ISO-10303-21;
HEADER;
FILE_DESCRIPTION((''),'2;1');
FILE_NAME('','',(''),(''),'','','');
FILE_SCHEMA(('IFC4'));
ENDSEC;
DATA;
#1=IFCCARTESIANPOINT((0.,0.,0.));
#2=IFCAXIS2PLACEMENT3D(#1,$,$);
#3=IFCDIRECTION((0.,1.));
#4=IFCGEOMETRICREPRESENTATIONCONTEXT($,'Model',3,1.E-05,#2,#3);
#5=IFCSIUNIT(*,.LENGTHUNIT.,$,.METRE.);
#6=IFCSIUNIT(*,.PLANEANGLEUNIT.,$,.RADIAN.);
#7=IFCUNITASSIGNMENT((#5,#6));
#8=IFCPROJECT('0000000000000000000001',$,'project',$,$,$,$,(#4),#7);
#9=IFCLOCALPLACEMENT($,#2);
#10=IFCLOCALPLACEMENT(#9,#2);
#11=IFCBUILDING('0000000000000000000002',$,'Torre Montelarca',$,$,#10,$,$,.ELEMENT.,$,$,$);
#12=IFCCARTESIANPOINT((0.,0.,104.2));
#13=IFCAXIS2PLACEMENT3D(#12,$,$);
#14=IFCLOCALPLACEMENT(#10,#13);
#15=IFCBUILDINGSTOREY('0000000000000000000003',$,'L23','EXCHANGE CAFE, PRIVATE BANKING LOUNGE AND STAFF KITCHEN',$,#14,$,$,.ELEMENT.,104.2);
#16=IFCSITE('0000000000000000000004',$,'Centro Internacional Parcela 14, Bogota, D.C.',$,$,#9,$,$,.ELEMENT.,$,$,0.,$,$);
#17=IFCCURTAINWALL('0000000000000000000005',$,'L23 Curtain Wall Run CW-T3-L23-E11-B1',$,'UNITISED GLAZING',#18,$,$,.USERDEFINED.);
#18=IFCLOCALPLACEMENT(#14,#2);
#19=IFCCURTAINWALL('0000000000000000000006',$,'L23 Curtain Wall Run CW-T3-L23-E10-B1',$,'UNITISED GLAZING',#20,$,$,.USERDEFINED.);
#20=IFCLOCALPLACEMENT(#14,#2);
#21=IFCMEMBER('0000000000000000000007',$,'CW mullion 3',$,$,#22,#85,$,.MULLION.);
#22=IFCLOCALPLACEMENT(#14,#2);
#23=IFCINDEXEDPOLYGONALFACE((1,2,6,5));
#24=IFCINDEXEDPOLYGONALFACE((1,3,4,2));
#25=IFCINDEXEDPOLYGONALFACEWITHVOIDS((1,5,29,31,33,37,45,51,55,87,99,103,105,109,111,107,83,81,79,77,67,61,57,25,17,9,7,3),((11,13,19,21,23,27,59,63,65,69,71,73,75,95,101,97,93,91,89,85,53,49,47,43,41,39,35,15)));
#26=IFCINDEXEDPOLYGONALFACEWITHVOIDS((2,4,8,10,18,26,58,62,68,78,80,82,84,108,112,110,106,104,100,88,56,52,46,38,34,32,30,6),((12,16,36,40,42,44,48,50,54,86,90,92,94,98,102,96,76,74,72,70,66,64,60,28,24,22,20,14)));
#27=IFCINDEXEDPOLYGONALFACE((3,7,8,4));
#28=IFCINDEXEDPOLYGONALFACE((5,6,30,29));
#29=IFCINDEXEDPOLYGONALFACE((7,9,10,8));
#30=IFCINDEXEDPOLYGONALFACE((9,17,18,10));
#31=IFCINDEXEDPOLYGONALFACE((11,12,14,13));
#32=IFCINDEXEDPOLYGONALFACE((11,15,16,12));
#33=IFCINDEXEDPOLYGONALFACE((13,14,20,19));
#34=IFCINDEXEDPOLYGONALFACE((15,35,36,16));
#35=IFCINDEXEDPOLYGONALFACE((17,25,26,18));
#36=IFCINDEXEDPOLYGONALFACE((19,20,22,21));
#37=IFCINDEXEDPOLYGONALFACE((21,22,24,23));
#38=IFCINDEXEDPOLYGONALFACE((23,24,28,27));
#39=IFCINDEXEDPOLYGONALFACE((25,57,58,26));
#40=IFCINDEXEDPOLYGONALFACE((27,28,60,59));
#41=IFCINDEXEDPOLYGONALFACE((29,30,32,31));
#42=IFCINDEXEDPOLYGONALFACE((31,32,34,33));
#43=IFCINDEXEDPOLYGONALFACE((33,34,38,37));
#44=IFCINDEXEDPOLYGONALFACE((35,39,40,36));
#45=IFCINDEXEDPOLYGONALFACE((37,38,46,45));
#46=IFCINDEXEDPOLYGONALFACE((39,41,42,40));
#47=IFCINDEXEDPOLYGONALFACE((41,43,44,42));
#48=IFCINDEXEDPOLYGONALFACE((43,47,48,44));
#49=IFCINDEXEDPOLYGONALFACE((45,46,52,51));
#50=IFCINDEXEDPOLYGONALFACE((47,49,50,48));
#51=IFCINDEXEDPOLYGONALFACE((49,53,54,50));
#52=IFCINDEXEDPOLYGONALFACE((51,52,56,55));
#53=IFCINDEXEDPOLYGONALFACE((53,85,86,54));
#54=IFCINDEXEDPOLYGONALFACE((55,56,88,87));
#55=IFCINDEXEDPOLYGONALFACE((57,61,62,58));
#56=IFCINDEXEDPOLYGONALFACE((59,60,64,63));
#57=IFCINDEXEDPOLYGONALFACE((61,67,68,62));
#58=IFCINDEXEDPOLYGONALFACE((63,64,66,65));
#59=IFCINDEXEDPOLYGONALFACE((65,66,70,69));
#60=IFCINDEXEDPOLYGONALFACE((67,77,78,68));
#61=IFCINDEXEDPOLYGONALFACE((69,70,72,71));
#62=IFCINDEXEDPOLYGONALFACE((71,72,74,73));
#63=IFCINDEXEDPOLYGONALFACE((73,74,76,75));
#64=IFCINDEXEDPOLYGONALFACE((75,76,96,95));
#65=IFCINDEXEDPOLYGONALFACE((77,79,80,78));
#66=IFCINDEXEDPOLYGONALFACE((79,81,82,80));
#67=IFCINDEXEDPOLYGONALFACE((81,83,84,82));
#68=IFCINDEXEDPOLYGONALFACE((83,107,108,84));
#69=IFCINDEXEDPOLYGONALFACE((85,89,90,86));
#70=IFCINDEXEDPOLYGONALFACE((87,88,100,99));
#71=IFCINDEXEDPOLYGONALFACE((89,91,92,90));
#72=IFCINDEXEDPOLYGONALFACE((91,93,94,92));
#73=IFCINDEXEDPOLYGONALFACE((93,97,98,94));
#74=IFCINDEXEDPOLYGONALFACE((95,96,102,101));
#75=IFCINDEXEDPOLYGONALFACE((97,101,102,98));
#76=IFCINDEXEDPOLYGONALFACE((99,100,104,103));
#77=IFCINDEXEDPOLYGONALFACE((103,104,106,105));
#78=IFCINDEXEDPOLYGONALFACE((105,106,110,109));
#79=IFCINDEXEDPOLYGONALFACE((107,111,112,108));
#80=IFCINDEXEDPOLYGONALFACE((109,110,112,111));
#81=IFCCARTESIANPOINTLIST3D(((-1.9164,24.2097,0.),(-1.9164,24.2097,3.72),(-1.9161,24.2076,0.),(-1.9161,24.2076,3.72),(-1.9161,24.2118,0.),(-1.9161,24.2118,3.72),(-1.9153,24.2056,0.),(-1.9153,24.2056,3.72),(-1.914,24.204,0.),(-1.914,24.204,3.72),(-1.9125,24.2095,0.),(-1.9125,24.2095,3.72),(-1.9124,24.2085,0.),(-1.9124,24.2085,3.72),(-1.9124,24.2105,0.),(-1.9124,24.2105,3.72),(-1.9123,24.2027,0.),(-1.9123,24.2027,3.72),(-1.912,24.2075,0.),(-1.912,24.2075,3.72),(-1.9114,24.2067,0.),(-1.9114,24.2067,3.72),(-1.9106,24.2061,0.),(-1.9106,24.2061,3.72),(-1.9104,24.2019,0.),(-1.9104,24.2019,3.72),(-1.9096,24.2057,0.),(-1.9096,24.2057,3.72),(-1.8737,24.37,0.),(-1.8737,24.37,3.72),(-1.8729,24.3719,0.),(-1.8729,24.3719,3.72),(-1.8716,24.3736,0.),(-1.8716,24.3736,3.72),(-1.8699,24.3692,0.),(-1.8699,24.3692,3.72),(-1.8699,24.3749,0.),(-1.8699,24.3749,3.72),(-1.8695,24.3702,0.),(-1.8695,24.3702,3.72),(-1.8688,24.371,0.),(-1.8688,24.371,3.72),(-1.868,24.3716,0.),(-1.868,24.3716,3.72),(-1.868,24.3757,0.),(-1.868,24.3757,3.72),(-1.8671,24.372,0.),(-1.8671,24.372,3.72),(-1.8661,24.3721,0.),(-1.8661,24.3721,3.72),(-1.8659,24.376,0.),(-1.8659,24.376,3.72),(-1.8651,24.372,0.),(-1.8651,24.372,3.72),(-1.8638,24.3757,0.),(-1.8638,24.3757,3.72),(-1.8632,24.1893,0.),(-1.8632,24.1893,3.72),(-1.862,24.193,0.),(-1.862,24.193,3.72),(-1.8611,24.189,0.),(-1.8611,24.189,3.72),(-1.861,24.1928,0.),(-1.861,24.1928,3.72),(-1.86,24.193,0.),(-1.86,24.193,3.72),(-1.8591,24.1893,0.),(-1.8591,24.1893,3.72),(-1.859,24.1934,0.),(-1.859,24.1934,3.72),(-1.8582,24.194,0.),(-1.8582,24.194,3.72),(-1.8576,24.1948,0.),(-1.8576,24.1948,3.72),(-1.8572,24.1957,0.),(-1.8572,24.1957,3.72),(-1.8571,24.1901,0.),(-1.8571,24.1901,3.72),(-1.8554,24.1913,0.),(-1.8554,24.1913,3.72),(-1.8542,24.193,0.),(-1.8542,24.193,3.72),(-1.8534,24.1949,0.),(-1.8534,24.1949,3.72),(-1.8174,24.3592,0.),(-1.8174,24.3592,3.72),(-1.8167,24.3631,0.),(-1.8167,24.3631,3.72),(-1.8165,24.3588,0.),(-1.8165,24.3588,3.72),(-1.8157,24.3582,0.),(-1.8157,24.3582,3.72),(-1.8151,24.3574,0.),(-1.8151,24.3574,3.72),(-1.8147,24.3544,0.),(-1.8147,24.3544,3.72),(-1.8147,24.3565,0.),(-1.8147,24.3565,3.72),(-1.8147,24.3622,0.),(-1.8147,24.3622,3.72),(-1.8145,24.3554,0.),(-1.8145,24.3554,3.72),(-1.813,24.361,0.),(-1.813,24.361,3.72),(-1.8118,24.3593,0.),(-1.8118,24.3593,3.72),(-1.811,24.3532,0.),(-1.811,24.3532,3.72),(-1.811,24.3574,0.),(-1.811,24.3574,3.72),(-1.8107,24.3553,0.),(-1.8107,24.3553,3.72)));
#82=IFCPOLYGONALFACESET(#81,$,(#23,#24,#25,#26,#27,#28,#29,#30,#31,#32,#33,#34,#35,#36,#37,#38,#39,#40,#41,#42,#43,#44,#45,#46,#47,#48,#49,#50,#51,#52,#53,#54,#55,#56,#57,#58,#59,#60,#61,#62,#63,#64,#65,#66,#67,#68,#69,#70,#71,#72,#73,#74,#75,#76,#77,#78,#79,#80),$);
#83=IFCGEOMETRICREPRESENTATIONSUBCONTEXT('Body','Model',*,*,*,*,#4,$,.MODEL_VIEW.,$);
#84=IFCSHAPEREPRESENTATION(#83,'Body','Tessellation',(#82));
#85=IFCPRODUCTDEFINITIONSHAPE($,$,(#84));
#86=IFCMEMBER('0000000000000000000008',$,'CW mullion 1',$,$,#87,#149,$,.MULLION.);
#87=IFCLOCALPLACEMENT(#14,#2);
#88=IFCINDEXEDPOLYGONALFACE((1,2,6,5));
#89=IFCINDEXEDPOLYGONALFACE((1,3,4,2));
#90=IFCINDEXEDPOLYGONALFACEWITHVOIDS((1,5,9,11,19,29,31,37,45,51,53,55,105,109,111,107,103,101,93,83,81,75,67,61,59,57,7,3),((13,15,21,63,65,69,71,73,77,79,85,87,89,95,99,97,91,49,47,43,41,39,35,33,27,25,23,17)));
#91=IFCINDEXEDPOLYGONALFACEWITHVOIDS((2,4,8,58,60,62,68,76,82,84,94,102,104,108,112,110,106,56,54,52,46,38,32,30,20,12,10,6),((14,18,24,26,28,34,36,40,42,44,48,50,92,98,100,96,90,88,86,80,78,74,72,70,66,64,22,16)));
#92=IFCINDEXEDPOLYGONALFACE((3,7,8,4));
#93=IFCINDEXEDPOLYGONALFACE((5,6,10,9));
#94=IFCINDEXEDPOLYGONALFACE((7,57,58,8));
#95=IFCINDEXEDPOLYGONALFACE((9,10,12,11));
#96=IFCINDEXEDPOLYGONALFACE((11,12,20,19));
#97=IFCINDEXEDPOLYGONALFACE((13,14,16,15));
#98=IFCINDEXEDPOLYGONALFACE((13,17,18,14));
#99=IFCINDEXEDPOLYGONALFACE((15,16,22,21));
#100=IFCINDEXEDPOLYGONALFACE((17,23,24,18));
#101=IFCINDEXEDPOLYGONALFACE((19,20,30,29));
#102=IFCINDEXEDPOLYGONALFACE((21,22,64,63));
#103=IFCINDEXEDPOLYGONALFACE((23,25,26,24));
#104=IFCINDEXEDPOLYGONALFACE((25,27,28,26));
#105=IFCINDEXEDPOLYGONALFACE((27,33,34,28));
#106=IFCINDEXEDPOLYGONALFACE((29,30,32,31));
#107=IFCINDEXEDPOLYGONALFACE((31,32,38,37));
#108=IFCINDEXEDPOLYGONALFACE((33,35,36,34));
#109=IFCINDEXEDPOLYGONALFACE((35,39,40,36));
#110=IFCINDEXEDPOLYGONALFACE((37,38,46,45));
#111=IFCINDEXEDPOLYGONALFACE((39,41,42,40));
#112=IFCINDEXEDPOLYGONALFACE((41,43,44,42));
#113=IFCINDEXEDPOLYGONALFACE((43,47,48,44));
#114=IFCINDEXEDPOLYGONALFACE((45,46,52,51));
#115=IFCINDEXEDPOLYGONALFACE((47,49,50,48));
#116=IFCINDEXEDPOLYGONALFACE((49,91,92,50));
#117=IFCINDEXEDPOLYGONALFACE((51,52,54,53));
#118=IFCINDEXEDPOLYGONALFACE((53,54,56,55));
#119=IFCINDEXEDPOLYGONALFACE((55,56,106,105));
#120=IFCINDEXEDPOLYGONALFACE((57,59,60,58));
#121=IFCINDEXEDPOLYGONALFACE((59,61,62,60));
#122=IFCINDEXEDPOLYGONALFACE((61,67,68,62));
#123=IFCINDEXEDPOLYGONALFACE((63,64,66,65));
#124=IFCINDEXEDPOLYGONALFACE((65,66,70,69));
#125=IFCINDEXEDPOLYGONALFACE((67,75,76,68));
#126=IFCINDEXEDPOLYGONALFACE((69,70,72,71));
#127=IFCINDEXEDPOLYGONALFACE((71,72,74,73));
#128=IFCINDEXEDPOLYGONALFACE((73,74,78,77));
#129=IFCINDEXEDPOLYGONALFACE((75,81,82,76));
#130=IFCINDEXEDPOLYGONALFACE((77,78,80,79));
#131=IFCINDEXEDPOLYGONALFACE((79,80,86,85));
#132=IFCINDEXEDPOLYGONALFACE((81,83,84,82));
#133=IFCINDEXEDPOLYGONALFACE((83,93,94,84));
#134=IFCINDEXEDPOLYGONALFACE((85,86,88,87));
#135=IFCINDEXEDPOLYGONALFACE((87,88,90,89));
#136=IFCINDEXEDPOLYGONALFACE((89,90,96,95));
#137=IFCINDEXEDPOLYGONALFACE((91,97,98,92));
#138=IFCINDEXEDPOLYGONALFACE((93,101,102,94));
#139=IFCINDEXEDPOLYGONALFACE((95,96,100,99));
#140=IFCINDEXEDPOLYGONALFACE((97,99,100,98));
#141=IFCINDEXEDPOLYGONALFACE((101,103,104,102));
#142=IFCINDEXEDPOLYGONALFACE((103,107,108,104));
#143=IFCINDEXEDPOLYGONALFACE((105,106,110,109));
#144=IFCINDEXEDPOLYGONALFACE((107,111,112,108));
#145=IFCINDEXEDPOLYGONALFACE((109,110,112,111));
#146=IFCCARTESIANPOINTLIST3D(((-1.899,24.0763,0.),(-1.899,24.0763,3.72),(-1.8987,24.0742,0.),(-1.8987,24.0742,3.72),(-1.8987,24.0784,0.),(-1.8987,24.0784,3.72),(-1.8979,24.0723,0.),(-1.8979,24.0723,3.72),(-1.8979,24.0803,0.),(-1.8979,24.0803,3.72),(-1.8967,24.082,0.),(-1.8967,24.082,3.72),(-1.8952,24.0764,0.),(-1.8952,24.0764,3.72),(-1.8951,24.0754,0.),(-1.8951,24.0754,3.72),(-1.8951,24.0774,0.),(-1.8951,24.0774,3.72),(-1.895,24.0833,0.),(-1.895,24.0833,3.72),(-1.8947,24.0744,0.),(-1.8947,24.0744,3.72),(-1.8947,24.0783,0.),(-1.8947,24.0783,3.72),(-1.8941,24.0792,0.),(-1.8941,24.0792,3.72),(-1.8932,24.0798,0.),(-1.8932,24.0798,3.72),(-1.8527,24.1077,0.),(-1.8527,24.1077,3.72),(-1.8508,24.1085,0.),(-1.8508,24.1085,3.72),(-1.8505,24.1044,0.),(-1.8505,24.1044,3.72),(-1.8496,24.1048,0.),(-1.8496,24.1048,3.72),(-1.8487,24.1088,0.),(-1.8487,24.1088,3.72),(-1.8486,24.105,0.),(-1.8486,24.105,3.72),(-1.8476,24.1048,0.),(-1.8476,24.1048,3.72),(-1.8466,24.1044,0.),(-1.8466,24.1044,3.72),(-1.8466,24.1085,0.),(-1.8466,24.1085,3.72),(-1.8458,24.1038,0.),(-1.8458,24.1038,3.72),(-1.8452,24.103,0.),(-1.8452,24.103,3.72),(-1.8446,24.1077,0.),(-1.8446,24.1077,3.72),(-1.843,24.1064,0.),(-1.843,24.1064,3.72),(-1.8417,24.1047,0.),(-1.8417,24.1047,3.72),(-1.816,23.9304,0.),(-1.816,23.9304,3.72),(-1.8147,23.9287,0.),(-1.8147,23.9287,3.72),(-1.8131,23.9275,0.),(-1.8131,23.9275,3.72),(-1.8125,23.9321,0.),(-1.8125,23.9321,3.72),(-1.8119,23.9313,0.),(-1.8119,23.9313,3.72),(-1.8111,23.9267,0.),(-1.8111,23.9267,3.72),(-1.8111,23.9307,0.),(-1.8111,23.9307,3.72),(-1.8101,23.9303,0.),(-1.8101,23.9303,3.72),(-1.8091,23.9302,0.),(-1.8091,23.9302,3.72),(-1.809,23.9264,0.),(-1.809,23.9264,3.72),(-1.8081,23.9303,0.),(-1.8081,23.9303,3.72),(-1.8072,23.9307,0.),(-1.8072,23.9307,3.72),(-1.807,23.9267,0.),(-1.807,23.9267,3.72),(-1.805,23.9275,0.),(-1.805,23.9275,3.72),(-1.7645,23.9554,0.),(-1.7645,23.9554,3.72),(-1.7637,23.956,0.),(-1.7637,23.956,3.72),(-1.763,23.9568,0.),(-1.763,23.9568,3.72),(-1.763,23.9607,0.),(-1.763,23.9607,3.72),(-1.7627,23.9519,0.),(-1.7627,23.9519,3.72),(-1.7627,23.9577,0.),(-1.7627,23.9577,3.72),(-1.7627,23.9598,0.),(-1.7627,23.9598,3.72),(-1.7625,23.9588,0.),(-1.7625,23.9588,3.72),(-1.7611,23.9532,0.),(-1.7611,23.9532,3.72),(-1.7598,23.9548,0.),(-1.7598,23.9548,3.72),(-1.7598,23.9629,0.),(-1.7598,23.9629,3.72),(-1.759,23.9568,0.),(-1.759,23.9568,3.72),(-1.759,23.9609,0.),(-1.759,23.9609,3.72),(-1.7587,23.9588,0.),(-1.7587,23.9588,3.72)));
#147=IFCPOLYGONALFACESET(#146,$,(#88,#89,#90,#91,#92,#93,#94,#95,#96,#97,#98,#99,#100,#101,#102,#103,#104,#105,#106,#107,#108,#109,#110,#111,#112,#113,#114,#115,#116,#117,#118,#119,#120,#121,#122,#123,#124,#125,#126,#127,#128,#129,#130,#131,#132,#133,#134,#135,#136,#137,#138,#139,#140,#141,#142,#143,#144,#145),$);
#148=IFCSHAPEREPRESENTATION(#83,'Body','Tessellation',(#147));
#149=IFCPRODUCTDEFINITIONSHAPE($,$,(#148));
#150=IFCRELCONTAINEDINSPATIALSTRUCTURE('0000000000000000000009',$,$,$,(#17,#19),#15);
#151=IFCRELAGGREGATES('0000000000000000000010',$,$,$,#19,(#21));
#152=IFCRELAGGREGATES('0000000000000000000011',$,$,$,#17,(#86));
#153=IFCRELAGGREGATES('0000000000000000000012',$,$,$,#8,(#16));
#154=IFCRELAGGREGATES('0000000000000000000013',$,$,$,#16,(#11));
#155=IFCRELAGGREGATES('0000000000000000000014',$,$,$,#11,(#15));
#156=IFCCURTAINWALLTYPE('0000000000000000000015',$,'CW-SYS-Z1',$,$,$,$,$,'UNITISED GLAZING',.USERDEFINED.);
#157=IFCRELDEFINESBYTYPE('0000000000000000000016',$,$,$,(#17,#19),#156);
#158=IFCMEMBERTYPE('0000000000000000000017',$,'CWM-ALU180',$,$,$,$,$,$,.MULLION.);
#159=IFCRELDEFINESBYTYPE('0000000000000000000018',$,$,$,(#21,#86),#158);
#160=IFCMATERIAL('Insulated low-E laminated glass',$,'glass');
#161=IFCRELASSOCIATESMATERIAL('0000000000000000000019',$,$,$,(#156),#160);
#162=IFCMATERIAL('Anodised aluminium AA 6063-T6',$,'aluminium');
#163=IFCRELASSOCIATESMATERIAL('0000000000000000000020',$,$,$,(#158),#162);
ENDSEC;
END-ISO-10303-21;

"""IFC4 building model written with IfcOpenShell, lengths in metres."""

from ifc_helpers import new_model, si_unit, direction, frame, origin, origin_2d, place, context, subcontext, project, spatial, hollow_rectangle, extrude, source, transform, mapped, material, material_profile, profile_set, type_object, element, aggregate, save


model = new_model("IFC4")

# Units and contexts
model_context = context("Model", 3, precision=1e-05, world=origin(), true_north=direction((0.0, 1.0)))
body_context = subcontext(model_context, "Body", "Model", "MODEL_VIEW")
ifc_project = project(units=[si_unit("LENGTHUNIT", "METRE"), si_unit("PLANEANGLEUNIT", "RADIAN")], contexts=[model_context])

# Site, building, storey
site_placement = place(None, origin())
site = spatial("IfcSite", under=ifc_project, at=site_placement, Name="Centro Internacional Parcela 14, Bogota, D.C.", CompositionType="ELEMENT", RefElevation=0.0)
building_placement = place(site_placement, origin())
building = spatial("IfcBuilding", under=site, at=building_placement, Name="Torre Montelarca", CompositionType="ELEMENT")
storey_placement = place(building_placement, frame((0.0, 0.0, 104.2)))
storey = spatial("IfcBuildingStorey", under=building, at=storey_placement, Name="L23", Description="EXCHANGE CAFE, PRIVATE BANKING LOUNGE AND STAFF KITCHEN", CompositionType="ELEMENT", Elevation=104.2)

# Curtain wall
ifc_material_1 = material(Name="Insulated low-E laminated glass", Category="glass")
curtain_wall_type = type_object("IfcCurtainWallType", Name="CW-SYS-Z1", ElementType="UNITISED GLAZING", PredefinedType="USERDEFINED", material=ifc_material_1)
curtain_wall_1_placement = place(storey_placement, origin())
curtain_wall_1 = element("IfcCurtainWall", 1, at=curtain_wall_1_placement, inside=storey, type_object=curtain_wall_type, Name="L23 Curtain Wall Run CW-T3-L23-E11-B1", ObjectType="UNITISED GLAZING", PredefinedType="USERDEFINED")
ifc_material_2 = material(Name="Anodised aluminium AA 6063-T6", Category="aluminium")

# Curtain wall, member
curtain_wall_2_placement = place(storey_placement, origin())
curtain_wall_2 = element("IfcCurtainWall", 2, at=curtain_wall_2_placement, inside=storey, type_object=curtain_wall_type, Name="L23 Curtain Wall Run CW-T3-L23-E10-B1", ObjectType="UNITISED GLAZING", PredefinedType="USERDEFINED")
ifc_material_profile_1 = material_profile(ifc_material_2, hollow_rectangle(XDim=0.0649, YDim=0.1799, WallThickness=0.0039, InnerFilletRadius=0.0039, OuterFilletRadius=0.0081, at=origin_2d()), Name="ALU65X180X4", Category="aluminium")
ifc_profile_set_1 = profile_set([ifc_material_profile_1], Name="Anodised aluminium AA 6063-T6")
member_type_1 = type_object("IfcMemberType", Name="CWM-ALU180", PredefinedType="MULLION", material=ifc_profile_set_1)
shared_shape_1 = source(origin(), body_context, "Body", "SweptSolid", [
    extrude(hollow_rectangle(XDim=0.0649, YDim=0.1799, WallThickness=0.0039, InnerFilletRadius=0.0039, OuterFilletRadius=0.0081, at=origin_2d()), origin(), (0.0, 0.0, 1.0), 3.72),
])
member_1_placement = place(storey_placement, frame((-1.8635, 24.2825, 0.0), z_axis=(0.0, 0.0, 1.0), x_axis=(0.965926, -0.258818, 0.0)))
member_1 = element("IfcMember", 3, at=member_1_placement, type_object=member_type_1, Name="CW mullion 3", PredefinedType="MULLION", context=body_context, shape_type="MappedRepresentation", body=[
    mapped(shared_shape_1, transform((0.0, 0.0, 0.0), scale=1.0)),
])
aggregate(curtain_wall_2, [member_1])

# Member
member_2_placement = place(storey_placement, frame((-1.8289, 24.0176, 0.0), z_axis=(0.0, 0.0, 1.0), x_axis=(0.866025, 0.500001, 0.0)))
member_2 = element("IfcMember", 4, at=member_2_placement, type_object=member_type_1, Name="CW mullion 1", PredefinedType="MULLION", context=body_context, shape_type="MappedRepresentation", body=[
    mapped(shared_shape_1, transform((0.0, 0.0, 0.0), scale=1.0)),
])

aggregate(curtain_wall_1, [member_2])

save(model, "model.ifc")
